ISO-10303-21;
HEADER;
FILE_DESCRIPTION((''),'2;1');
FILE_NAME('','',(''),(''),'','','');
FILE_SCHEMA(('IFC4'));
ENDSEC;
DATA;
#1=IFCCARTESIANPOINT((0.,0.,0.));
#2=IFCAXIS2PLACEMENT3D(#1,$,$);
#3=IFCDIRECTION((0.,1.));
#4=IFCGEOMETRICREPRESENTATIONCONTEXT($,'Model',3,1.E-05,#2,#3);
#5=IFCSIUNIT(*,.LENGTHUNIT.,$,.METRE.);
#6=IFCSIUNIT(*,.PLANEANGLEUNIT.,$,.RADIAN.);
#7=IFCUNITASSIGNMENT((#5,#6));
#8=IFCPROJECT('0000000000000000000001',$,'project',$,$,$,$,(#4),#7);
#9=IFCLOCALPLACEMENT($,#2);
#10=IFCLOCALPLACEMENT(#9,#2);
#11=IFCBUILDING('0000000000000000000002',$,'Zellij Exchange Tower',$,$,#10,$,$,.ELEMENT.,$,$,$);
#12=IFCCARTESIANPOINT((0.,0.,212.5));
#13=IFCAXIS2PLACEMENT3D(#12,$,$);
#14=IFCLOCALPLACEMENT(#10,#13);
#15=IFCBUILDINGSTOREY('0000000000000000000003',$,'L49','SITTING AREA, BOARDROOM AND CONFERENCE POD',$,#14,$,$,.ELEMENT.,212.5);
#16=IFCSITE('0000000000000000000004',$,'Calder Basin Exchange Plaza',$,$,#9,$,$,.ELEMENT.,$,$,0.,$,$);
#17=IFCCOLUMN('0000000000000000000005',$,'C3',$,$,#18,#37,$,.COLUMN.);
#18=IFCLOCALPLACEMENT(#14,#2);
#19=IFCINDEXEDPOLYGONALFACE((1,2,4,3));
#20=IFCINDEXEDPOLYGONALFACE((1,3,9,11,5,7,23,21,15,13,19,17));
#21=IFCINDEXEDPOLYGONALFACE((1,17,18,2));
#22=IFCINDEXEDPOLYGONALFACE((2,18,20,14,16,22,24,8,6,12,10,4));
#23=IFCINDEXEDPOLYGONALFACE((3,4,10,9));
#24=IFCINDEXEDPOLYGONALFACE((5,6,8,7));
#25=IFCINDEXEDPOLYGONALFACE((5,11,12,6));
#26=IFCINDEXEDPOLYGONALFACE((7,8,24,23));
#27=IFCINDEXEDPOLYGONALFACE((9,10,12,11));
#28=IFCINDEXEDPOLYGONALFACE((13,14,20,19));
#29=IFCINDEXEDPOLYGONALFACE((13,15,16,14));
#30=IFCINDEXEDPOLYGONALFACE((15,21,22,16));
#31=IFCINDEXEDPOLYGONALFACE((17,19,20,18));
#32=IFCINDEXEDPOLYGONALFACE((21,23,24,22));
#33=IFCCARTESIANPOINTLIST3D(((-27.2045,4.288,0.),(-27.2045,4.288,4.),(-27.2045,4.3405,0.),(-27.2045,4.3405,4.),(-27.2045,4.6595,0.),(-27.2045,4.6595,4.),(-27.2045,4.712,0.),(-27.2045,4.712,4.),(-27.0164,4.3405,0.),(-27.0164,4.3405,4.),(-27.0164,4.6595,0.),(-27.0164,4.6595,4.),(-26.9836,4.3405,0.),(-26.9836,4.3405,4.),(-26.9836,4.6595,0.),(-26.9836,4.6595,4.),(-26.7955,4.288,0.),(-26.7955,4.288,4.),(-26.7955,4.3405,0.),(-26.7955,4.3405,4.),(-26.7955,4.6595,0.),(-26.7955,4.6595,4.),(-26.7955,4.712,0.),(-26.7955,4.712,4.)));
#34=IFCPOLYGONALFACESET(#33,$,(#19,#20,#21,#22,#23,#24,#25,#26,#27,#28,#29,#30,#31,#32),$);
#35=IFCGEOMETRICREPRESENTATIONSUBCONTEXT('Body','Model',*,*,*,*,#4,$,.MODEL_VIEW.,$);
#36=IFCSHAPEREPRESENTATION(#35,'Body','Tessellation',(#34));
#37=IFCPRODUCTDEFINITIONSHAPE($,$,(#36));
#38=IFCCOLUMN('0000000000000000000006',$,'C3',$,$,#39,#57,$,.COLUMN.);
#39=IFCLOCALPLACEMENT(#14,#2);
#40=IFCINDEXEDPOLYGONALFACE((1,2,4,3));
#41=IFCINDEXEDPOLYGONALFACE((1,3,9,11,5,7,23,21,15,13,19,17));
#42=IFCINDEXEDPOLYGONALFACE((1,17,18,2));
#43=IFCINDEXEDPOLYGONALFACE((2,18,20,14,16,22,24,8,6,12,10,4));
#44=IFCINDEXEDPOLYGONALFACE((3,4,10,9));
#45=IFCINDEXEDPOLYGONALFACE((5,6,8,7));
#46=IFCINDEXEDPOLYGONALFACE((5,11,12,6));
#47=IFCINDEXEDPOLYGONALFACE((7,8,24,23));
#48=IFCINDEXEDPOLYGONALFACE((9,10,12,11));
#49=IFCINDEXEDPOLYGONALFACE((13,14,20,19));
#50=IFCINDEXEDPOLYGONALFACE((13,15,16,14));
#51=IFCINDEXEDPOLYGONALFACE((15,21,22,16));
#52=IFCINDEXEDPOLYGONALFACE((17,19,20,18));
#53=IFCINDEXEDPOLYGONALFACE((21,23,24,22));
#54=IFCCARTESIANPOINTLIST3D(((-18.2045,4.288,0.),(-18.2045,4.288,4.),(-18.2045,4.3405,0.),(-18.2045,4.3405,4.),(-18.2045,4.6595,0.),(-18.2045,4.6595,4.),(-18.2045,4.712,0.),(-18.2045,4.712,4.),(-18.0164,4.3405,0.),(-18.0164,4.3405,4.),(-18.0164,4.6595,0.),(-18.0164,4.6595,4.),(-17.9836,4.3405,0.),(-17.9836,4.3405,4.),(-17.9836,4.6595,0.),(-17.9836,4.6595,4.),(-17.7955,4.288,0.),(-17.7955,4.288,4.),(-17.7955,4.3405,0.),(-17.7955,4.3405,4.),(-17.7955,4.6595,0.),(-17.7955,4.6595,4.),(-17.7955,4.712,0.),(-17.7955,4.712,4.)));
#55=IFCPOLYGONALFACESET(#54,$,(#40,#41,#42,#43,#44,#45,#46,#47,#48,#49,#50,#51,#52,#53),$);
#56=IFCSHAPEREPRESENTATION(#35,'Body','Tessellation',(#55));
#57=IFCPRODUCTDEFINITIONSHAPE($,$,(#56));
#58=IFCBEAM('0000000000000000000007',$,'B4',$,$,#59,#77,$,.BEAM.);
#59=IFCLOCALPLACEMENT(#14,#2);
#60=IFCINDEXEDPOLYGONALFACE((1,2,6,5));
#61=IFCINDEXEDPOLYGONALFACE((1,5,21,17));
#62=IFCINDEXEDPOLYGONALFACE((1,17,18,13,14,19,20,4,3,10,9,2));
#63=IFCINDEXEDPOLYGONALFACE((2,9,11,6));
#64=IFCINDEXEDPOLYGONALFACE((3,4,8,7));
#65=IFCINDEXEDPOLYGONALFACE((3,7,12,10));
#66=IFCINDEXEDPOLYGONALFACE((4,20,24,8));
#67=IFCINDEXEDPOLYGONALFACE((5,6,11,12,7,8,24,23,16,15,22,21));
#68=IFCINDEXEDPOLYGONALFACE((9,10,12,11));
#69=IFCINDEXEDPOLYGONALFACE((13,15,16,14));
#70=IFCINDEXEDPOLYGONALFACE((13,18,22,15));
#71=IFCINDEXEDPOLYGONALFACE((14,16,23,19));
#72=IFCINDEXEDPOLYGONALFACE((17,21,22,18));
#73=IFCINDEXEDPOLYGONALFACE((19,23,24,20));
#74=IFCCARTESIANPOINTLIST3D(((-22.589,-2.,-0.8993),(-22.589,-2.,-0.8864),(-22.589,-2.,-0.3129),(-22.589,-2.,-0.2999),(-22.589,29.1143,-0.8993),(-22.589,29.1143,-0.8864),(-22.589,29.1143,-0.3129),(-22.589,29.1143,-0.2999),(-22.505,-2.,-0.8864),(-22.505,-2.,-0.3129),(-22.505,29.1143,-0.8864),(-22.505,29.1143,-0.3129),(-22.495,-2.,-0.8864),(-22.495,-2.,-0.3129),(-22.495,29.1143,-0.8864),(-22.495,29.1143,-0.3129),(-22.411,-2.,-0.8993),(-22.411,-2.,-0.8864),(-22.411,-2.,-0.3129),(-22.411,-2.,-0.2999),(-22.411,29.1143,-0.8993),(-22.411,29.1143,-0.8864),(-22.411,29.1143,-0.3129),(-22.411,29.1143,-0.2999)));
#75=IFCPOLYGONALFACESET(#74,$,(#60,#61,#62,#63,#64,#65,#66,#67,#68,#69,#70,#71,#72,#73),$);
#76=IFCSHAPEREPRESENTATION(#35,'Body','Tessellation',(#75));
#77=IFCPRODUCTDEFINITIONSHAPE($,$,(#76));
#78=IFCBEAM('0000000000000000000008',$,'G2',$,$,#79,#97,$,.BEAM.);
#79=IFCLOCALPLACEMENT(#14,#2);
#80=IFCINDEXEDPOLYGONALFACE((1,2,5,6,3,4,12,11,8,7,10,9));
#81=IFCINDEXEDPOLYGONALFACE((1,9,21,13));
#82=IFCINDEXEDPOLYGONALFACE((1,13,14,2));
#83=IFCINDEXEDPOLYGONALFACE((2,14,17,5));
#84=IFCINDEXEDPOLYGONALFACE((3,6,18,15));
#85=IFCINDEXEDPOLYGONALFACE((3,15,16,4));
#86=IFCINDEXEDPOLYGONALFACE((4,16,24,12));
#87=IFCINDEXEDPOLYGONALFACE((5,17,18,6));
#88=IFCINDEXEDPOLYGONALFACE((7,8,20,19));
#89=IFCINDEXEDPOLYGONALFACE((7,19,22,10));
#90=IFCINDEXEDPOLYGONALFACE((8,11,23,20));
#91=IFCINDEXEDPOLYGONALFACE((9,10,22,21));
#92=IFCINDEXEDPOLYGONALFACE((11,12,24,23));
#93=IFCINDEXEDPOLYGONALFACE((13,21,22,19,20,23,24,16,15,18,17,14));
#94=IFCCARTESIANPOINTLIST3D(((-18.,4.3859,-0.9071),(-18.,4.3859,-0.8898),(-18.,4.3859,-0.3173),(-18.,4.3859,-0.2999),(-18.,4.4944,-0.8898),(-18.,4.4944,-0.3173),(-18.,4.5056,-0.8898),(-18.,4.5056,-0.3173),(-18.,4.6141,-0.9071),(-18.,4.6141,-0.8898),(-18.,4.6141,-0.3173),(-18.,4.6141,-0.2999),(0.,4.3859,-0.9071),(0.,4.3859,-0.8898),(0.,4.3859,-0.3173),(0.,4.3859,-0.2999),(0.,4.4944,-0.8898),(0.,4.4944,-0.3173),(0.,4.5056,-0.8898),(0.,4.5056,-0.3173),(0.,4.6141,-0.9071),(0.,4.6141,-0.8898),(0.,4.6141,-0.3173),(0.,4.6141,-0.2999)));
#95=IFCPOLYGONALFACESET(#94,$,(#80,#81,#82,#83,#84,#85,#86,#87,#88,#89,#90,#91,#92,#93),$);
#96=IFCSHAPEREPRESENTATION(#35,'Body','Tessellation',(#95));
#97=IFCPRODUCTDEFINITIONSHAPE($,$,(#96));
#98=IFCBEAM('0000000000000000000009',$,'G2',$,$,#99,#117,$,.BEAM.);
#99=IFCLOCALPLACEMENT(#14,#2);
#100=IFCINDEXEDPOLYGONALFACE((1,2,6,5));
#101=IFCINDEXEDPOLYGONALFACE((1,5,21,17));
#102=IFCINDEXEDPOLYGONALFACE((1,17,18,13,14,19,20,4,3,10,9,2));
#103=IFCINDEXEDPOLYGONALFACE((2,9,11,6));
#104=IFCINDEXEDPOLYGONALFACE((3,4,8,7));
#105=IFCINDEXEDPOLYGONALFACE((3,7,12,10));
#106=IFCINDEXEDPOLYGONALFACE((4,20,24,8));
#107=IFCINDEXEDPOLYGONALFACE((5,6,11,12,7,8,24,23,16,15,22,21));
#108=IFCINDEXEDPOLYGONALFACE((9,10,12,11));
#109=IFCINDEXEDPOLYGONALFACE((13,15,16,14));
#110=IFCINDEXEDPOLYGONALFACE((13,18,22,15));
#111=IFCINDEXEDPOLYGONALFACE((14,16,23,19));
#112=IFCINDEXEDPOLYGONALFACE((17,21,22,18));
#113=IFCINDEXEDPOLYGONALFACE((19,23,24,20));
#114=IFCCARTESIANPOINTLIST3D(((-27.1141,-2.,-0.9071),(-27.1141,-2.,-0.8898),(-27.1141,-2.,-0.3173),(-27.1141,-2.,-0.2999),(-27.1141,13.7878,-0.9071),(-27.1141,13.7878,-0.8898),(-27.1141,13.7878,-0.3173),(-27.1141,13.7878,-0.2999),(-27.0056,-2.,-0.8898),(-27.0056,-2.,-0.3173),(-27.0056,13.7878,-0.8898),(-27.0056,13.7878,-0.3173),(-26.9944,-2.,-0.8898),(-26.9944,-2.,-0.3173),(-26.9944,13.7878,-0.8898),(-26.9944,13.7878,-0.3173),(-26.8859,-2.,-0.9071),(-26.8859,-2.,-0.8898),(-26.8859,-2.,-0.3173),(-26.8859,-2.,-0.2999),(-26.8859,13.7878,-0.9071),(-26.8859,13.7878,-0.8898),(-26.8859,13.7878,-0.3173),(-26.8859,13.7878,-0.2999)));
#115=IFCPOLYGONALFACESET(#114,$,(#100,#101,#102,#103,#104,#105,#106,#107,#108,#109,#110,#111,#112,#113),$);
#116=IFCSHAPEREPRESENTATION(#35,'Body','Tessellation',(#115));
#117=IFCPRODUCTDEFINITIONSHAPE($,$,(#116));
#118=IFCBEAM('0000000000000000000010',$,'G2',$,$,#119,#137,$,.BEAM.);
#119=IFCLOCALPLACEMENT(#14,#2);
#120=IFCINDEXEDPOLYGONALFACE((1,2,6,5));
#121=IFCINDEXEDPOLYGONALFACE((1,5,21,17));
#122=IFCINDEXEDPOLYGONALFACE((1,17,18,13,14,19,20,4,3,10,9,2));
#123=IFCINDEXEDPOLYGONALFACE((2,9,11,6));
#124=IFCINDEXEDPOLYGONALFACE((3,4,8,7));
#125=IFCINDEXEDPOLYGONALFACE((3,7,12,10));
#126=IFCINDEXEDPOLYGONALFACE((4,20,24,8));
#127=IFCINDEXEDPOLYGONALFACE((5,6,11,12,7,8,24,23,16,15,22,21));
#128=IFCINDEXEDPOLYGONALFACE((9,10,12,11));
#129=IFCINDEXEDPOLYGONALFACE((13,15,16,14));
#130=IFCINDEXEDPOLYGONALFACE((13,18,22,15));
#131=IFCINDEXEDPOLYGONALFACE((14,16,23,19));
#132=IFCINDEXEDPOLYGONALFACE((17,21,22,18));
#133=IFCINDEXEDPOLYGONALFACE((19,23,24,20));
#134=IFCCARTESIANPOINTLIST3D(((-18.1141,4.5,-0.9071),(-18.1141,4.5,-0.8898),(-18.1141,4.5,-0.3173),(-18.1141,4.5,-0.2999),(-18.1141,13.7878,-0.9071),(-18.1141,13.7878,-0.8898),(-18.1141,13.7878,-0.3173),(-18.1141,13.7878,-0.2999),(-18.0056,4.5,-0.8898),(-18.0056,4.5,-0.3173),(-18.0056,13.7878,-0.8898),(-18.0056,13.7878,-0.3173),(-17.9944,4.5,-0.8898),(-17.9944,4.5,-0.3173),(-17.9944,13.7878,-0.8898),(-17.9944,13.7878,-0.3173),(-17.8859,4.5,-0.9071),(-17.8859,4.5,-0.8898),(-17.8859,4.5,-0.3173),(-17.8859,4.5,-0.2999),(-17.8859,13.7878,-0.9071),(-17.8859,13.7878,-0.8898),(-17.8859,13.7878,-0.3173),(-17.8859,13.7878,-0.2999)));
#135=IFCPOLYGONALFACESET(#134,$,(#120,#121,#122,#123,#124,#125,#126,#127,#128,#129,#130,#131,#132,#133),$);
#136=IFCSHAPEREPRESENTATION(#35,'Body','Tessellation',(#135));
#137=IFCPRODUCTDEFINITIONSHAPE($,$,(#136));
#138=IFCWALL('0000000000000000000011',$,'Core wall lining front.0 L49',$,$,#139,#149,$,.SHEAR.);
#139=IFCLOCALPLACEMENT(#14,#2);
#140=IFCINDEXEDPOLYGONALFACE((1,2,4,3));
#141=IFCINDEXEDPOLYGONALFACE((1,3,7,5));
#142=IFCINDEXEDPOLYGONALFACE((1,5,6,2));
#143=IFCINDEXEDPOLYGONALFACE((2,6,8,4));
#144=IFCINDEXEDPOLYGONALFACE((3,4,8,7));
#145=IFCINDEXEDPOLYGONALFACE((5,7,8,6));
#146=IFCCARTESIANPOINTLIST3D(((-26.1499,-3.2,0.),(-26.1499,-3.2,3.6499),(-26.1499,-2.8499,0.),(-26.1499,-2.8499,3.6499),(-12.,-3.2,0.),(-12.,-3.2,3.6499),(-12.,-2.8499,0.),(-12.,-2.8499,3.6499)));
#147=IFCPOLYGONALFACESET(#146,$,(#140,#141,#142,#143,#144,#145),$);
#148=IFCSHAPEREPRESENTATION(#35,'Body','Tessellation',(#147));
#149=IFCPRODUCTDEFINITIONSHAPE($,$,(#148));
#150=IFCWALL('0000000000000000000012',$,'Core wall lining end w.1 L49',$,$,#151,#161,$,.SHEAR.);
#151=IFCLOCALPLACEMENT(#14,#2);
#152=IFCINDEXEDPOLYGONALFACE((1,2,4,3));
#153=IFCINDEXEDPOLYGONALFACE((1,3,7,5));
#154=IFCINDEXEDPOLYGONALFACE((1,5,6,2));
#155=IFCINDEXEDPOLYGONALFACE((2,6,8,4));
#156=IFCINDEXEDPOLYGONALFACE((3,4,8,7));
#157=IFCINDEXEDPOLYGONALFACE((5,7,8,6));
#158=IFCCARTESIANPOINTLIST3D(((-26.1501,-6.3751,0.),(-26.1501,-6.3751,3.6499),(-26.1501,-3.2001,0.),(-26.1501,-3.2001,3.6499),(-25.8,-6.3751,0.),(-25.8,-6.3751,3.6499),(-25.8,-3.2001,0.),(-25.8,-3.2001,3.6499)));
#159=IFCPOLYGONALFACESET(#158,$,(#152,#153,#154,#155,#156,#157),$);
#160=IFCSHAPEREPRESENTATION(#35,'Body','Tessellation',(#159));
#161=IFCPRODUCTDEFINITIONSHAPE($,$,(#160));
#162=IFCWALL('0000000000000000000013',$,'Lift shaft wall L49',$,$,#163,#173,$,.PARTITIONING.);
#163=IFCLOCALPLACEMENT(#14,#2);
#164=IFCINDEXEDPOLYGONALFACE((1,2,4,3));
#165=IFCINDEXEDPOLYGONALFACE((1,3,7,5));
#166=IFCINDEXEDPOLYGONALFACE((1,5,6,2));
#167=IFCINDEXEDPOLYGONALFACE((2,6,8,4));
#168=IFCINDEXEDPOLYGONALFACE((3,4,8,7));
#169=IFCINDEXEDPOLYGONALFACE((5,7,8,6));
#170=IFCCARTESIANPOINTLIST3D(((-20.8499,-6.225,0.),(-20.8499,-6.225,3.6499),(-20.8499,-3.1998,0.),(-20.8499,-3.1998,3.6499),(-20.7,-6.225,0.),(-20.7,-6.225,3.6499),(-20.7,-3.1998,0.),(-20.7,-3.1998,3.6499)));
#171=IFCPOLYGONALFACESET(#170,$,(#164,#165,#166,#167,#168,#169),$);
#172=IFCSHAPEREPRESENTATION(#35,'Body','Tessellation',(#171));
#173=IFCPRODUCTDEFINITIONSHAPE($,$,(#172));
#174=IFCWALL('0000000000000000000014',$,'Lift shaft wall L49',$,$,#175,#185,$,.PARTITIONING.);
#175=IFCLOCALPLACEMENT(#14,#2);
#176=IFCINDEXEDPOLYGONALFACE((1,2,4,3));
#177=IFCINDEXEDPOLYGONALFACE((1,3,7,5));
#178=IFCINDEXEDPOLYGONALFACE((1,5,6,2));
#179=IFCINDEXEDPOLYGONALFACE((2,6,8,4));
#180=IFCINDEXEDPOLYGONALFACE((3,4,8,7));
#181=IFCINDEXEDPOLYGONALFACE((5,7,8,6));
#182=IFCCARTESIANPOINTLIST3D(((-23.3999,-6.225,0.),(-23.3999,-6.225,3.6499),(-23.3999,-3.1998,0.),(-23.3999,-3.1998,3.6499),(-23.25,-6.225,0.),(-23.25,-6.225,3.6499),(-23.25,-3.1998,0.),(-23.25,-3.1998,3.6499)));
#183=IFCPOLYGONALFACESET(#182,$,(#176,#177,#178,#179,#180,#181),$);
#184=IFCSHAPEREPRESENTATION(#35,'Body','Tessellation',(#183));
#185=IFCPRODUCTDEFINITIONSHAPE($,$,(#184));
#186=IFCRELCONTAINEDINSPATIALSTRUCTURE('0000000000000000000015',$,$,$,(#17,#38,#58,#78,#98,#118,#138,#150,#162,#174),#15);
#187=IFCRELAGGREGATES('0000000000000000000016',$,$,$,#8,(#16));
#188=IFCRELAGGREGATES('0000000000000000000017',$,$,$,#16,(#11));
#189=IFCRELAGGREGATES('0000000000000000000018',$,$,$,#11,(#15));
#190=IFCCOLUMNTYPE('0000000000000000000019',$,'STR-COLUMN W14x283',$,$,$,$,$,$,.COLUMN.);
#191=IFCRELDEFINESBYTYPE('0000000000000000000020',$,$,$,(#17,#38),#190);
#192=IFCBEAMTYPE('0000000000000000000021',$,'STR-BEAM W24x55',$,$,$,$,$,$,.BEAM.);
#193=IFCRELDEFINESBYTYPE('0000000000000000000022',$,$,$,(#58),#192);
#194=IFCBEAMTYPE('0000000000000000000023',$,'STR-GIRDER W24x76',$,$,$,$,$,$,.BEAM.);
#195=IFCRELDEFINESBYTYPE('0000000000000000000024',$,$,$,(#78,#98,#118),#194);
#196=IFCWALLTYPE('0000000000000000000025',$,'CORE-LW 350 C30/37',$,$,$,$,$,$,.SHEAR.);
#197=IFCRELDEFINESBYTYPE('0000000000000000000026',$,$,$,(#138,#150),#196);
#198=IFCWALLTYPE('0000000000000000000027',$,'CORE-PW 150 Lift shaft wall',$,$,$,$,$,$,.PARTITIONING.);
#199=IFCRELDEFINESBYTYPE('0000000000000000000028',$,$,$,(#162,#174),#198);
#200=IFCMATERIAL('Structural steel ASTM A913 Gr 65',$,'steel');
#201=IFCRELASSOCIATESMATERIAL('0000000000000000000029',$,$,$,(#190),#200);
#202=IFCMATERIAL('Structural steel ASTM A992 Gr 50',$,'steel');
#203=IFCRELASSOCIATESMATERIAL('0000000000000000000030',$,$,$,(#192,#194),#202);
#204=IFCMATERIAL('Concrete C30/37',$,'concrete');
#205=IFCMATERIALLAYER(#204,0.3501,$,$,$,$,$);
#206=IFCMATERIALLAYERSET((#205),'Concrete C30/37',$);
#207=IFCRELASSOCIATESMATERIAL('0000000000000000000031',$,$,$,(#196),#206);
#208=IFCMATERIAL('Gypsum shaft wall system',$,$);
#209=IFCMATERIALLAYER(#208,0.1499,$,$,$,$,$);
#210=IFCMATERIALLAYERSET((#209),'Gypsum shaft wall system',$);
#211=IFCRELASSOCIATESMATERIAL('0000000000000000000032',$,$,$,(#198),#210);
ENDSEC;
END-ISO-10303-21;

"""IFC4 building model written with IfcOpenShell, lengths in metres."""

from ifc_helpers import new_model, si_unit, direction, frame, frame_2d, origin, origin_2d, place, context, subcontext, project, spatial, rectangle, i_section, extrude, material, layer, layer_set, material_profile, profile_set, type_object, element, save


model = new_model("IFC4")

# Units and contexts
model_context = context("Model", 3, precision=1e-05, world=origin(), true_north=direction((0.0, 1.0)))
body_context = subcontext(model_context, "Body", "Model", "MODEL_VIEW")
ifc_project = project(units=[si_unit("LENGTHUNIT", "METRE"), si_unit("PLANEANGLEUNIT", "RADIAN")], contexts=[model_context])

# Site, building, storey
site_placement = place(None, origin())
site = spatial("IfcSite", under=ifc_project, at=site_placement, Name="Calder Basin Exchange Plaza", CompositionType="ELEMENT", RefElevation=0.0)
building_placement = place(site_placement, origin())
building = spatial("IfcBuilding", under=site, at=building_placement, Name="Zellij Exchange Tower", CompositionType="ELEMENT")
storey_placement = place(building_placement, frame((0.0, 0.0, 212.5)))
storey = spatial("IfcBuildingStorey", under=building, at=storey_placement, Name="L49", Description="SITTING AREA, BOARDROOM AND CONFERENCE POD", CompositionType="ELEMENT", Elevation=212.5)

# Columns
ifc_material_1 = material(Name="Structural steel ASTM A913 Gr 65", Category="steel")
ifc_material_profile_1 = material_profile(ifc_material_1, i_section(OverallWidth=0.4089, OverallDepth=0.4241, WebThickness=0.0327, FlangeThickness=0.0525, at=origin_2d()), Name="W14x283")
ifc_profile_set_1 = profile_set([ifc_material_profile_1], Name="Structural steel ASTM A913 Gr 65")
column_type = type_object("IfcColumnType", Name="STR-COLUMN W14x283", PredefinedType="COLUMN", material=ifc_profile_set_1)
for number, where, z_axis, x_axis, name in (
    (1, (-27.0, 4.5, 0.0), (0.0, 0.0, 1.0), (1.0, 0.0, 0.0), "C3"),
    (2, (-18.0, 4.5, 0.0), (0.0, 0.0, 1.0), (1.0, 0.0, 0.0), "C3"),
):
    element("IfcColumn", number, at=place(storey_placement, frame(where, z_axis=z_axis, x_axis=x_axis)), inside=storey, type_object=column_type, Name=name, PredefinedType="COLUMN", context=body_context, shape_type="SweptSolid", body=[
        extrude(i_section(OverallWidth=0.4089, OverallDepth=0.4241, WebThickness=0.0327, FlangeThickness=0.0525, at=origin_2d()), origin(), (0.0, 0.0, 1.0), 4.0),
    ])

# Beams
ifc_material_2 = material(Name="Structural steel ASTM A992 Gr 50", Category="steel")
ifc_material_profile_2 = material_profile(ifc_material_2, i_section(OverallWidth=0.178, OverallDepth=0.5994, WebThickness=0.01, FlangeThickness=0.0129, at=origin_2d()), Name="W24x55")
ifc_profile_set_2 = profile_set([ifc_material_profile_2], Name="Structural steel ASTM A992 Gr 50")
beam_type_1 = type_object("IfcBeamType", Name="STR-BEAM W24x55", PredefinedType="BEAM", material=ifc_profile_set_2)
beam_1_placement = place(storey_placement, frame((-22.5, -2.0, -0.5996), z_axis=(0.0, 1.0, 0.0), x_axis=(-1.0, 0.0, 0.0)))
element("IfcBeam", 3, at=beam_1_placement, inside=storey, type_object=beam_type_1, Name="B4", PredefinedType="BEAM", context=body_context, shape_type="SweptSolid", body=[
    extrude(i_section(OverallWidth=0.178, OverallDepth=0.5994, WebThickness=0.01, FlangeThickness=0.0129, at=origin_2d()), origin(), (0.0, 0.0, 1.0), 31.1143),
])
ifc_material_profile_3 = material_profile(ifc_material_2, i_section(OverallWidth=0.2283, OverallDepth=0.6072, WebThickness=0.0112, FlangeThickness=0.0173, at=origin_2d()), Name="W24x76")
ifc_profile_set_3 = profile_set([ifc_material_profile_3], Name="Structural steel ASTM A992 Gr 50")
beam_type_2 = type_object("IfcBeamType", Name="STR-GIRDER W24x76", PredefinedType="BEAM", material=ifc_profile_set_3)
beam_2_placement = place(storey_placement, frame((-18.0, 4.5, -0.6035), z_axis=(1.0, 0.0, 0.0), x_axis=(0.0, 1.0, 0.0)))
element("IfcBeam", 4, at=beam_2_placement, inside=storey, type_object=beam_type_2, Name="G2", PredefinedType="BEAM", context=body_context, shape_type="SweptSolid", body=[
    extrude(i_section(OverallWidth=0.2283, OverallDepth=0.6072, WebThickness=0.0112, FlangeThickness=0.0173, at=origin_2d()), origin(), (0.0, 0.0, 1.0), 18.0),
])
beam_3_placement = place(storey_placement, frame((-27.0, -2.0, -0.6035), z_axis=(0.0, 1.0, 0.0), x_axis=(-1.0, 0.0, 0.0)))
element("IfcBeam", 5, at=beam_3_placement, inside=storey, type_object=beam_type_2, Name="G2", PredefinedType="BEAM", context=body_context, shape_type="SweptSolid", body=[
    extrude(i_section(OverallWidth=0.2283, OverallDepth=0.6072, WebThickness=0.0112, FlangeThickness=0.0173, at=origin_2d()), origin(), (0.0, 0.0, 1.0), 15.7878),
])
beam_4_placement = place(storey_placement, frame((-18.0, 4.5, -0.6035), z_axis=(0.0, 1.0, 0.0), x_axis=(-1.0, 0.0, 0.0)))
element("IfcBeam", 6, at=beam_4_placement, inside=storey, type_object=beam_type_2, Name="G2", PredefinedType="BEAM", context=body_context, shape_type="SweptSolid", body=[
    extrude(i_section(OverallWidth=0.2283, OverallDepth=0.6072, WebThickness=0.0112, FlangeThickness=0.0173, at=origin_2d()), origin(), (0.0, 0.0, 1.0), 9.2878),
])

# Walls
ifc_material_3 = material(Name="Concrete C30/37", Category="concrete")
ifc_layer_1 = layer(ifc_material_3, 0.3501)
ifc_layer_set_1 = layer_set([ifc_layer_1], Name="Concrete C30/37")
wall_type_1 = type_object("IfcWallType", Name="CORE-LW 350 C30/37", PredefinedType="SHEAR", material=ifc_layer_set_1)
wall_1_placement = place(storey_placement, frame((-26.1499, -3.0249, 0.0), z_axis=(0.0, 0.0, 1.0), x_axis=(1.0, 0.0, 0.0)))
element("IfcWall", 7, at=wall_1_placement, inside=storey, type_object=wall_type_1, Name="Core wall lining front.0 L49", PredefinedType="SHEAR", context=body_context, shape_type="SweptSolid", body=[
    extrude(rectangle(XDim=14.1499, YDim=0.3501, at=frame_2d((7.075, 0.0))), origin(), (0.0, 0.0, 1.0), 3.6499),
])
wall_2_placement = place(storey_placement, frame((-25.9751, -6.375, 0.0), z_axis=(0.0, 0.0, 1.0), x_axis=(0.0, 1.0, 0.0)))
element("IfcWall", 8, at=wall_2_placement, inside=storey, type_object=wall_type_1, Name="Core wall lining end w.1 L49", PredefinedType="SHEAR", context=body_context, shape_type="SweptSolid", body=[
    extrude(rectangle(XDim=3.175, YDim=0.3501, at=frame_2d((1.5874, 0.0))), origin(), (0.0, 0.0, 1.0), 3.6499),
])
ifc_material_4 = material(Name="Gypsum shaft wall system")
ifc_layer_2 = layer(ifc_material_4, 0.1499)
ifc_layer_set_2 = layer_set([ifc_layer_2], Name="Gypsum shaft wall system")
wall_type_2 = type_object("IfcWallType", Name="CORE-PW 150 Lift shaft wall", PredefinedType="PARTITIONING", material=ifc_layer_set_2)
for number, where, z_axis, x_axis, name in (
    (9, (-20.7749, -6.2251, 0.0), (0.0, 0.0, 1.0), (0.0, 1.0, 0.0), "Lift shaft wall L49"),
    (10, (-23.325, -6.2251, 0.0), (0.0, 0.0, 1.0), (0.0, 1.0, 0.0), "Lift shaft wall L49"),
):
    element("IfcWall", number, at=place(storey_placement, frame(where, z_axis=z_axis, x_axis=x_axis)), inside=storey, type_object=wall_type_2, Name=name, PredefinedType="PARTITIONING", context=body_context, shape_type="SweptSolid", body=[
        extrude(rectangle(XDim=3.0251, YDim=0.1499, at=frame_2d((1.5127, 0.0))), origin(), (0.0, 0.0, 1.0), 3.6499),
    ])

save(model, "model.ifc")
